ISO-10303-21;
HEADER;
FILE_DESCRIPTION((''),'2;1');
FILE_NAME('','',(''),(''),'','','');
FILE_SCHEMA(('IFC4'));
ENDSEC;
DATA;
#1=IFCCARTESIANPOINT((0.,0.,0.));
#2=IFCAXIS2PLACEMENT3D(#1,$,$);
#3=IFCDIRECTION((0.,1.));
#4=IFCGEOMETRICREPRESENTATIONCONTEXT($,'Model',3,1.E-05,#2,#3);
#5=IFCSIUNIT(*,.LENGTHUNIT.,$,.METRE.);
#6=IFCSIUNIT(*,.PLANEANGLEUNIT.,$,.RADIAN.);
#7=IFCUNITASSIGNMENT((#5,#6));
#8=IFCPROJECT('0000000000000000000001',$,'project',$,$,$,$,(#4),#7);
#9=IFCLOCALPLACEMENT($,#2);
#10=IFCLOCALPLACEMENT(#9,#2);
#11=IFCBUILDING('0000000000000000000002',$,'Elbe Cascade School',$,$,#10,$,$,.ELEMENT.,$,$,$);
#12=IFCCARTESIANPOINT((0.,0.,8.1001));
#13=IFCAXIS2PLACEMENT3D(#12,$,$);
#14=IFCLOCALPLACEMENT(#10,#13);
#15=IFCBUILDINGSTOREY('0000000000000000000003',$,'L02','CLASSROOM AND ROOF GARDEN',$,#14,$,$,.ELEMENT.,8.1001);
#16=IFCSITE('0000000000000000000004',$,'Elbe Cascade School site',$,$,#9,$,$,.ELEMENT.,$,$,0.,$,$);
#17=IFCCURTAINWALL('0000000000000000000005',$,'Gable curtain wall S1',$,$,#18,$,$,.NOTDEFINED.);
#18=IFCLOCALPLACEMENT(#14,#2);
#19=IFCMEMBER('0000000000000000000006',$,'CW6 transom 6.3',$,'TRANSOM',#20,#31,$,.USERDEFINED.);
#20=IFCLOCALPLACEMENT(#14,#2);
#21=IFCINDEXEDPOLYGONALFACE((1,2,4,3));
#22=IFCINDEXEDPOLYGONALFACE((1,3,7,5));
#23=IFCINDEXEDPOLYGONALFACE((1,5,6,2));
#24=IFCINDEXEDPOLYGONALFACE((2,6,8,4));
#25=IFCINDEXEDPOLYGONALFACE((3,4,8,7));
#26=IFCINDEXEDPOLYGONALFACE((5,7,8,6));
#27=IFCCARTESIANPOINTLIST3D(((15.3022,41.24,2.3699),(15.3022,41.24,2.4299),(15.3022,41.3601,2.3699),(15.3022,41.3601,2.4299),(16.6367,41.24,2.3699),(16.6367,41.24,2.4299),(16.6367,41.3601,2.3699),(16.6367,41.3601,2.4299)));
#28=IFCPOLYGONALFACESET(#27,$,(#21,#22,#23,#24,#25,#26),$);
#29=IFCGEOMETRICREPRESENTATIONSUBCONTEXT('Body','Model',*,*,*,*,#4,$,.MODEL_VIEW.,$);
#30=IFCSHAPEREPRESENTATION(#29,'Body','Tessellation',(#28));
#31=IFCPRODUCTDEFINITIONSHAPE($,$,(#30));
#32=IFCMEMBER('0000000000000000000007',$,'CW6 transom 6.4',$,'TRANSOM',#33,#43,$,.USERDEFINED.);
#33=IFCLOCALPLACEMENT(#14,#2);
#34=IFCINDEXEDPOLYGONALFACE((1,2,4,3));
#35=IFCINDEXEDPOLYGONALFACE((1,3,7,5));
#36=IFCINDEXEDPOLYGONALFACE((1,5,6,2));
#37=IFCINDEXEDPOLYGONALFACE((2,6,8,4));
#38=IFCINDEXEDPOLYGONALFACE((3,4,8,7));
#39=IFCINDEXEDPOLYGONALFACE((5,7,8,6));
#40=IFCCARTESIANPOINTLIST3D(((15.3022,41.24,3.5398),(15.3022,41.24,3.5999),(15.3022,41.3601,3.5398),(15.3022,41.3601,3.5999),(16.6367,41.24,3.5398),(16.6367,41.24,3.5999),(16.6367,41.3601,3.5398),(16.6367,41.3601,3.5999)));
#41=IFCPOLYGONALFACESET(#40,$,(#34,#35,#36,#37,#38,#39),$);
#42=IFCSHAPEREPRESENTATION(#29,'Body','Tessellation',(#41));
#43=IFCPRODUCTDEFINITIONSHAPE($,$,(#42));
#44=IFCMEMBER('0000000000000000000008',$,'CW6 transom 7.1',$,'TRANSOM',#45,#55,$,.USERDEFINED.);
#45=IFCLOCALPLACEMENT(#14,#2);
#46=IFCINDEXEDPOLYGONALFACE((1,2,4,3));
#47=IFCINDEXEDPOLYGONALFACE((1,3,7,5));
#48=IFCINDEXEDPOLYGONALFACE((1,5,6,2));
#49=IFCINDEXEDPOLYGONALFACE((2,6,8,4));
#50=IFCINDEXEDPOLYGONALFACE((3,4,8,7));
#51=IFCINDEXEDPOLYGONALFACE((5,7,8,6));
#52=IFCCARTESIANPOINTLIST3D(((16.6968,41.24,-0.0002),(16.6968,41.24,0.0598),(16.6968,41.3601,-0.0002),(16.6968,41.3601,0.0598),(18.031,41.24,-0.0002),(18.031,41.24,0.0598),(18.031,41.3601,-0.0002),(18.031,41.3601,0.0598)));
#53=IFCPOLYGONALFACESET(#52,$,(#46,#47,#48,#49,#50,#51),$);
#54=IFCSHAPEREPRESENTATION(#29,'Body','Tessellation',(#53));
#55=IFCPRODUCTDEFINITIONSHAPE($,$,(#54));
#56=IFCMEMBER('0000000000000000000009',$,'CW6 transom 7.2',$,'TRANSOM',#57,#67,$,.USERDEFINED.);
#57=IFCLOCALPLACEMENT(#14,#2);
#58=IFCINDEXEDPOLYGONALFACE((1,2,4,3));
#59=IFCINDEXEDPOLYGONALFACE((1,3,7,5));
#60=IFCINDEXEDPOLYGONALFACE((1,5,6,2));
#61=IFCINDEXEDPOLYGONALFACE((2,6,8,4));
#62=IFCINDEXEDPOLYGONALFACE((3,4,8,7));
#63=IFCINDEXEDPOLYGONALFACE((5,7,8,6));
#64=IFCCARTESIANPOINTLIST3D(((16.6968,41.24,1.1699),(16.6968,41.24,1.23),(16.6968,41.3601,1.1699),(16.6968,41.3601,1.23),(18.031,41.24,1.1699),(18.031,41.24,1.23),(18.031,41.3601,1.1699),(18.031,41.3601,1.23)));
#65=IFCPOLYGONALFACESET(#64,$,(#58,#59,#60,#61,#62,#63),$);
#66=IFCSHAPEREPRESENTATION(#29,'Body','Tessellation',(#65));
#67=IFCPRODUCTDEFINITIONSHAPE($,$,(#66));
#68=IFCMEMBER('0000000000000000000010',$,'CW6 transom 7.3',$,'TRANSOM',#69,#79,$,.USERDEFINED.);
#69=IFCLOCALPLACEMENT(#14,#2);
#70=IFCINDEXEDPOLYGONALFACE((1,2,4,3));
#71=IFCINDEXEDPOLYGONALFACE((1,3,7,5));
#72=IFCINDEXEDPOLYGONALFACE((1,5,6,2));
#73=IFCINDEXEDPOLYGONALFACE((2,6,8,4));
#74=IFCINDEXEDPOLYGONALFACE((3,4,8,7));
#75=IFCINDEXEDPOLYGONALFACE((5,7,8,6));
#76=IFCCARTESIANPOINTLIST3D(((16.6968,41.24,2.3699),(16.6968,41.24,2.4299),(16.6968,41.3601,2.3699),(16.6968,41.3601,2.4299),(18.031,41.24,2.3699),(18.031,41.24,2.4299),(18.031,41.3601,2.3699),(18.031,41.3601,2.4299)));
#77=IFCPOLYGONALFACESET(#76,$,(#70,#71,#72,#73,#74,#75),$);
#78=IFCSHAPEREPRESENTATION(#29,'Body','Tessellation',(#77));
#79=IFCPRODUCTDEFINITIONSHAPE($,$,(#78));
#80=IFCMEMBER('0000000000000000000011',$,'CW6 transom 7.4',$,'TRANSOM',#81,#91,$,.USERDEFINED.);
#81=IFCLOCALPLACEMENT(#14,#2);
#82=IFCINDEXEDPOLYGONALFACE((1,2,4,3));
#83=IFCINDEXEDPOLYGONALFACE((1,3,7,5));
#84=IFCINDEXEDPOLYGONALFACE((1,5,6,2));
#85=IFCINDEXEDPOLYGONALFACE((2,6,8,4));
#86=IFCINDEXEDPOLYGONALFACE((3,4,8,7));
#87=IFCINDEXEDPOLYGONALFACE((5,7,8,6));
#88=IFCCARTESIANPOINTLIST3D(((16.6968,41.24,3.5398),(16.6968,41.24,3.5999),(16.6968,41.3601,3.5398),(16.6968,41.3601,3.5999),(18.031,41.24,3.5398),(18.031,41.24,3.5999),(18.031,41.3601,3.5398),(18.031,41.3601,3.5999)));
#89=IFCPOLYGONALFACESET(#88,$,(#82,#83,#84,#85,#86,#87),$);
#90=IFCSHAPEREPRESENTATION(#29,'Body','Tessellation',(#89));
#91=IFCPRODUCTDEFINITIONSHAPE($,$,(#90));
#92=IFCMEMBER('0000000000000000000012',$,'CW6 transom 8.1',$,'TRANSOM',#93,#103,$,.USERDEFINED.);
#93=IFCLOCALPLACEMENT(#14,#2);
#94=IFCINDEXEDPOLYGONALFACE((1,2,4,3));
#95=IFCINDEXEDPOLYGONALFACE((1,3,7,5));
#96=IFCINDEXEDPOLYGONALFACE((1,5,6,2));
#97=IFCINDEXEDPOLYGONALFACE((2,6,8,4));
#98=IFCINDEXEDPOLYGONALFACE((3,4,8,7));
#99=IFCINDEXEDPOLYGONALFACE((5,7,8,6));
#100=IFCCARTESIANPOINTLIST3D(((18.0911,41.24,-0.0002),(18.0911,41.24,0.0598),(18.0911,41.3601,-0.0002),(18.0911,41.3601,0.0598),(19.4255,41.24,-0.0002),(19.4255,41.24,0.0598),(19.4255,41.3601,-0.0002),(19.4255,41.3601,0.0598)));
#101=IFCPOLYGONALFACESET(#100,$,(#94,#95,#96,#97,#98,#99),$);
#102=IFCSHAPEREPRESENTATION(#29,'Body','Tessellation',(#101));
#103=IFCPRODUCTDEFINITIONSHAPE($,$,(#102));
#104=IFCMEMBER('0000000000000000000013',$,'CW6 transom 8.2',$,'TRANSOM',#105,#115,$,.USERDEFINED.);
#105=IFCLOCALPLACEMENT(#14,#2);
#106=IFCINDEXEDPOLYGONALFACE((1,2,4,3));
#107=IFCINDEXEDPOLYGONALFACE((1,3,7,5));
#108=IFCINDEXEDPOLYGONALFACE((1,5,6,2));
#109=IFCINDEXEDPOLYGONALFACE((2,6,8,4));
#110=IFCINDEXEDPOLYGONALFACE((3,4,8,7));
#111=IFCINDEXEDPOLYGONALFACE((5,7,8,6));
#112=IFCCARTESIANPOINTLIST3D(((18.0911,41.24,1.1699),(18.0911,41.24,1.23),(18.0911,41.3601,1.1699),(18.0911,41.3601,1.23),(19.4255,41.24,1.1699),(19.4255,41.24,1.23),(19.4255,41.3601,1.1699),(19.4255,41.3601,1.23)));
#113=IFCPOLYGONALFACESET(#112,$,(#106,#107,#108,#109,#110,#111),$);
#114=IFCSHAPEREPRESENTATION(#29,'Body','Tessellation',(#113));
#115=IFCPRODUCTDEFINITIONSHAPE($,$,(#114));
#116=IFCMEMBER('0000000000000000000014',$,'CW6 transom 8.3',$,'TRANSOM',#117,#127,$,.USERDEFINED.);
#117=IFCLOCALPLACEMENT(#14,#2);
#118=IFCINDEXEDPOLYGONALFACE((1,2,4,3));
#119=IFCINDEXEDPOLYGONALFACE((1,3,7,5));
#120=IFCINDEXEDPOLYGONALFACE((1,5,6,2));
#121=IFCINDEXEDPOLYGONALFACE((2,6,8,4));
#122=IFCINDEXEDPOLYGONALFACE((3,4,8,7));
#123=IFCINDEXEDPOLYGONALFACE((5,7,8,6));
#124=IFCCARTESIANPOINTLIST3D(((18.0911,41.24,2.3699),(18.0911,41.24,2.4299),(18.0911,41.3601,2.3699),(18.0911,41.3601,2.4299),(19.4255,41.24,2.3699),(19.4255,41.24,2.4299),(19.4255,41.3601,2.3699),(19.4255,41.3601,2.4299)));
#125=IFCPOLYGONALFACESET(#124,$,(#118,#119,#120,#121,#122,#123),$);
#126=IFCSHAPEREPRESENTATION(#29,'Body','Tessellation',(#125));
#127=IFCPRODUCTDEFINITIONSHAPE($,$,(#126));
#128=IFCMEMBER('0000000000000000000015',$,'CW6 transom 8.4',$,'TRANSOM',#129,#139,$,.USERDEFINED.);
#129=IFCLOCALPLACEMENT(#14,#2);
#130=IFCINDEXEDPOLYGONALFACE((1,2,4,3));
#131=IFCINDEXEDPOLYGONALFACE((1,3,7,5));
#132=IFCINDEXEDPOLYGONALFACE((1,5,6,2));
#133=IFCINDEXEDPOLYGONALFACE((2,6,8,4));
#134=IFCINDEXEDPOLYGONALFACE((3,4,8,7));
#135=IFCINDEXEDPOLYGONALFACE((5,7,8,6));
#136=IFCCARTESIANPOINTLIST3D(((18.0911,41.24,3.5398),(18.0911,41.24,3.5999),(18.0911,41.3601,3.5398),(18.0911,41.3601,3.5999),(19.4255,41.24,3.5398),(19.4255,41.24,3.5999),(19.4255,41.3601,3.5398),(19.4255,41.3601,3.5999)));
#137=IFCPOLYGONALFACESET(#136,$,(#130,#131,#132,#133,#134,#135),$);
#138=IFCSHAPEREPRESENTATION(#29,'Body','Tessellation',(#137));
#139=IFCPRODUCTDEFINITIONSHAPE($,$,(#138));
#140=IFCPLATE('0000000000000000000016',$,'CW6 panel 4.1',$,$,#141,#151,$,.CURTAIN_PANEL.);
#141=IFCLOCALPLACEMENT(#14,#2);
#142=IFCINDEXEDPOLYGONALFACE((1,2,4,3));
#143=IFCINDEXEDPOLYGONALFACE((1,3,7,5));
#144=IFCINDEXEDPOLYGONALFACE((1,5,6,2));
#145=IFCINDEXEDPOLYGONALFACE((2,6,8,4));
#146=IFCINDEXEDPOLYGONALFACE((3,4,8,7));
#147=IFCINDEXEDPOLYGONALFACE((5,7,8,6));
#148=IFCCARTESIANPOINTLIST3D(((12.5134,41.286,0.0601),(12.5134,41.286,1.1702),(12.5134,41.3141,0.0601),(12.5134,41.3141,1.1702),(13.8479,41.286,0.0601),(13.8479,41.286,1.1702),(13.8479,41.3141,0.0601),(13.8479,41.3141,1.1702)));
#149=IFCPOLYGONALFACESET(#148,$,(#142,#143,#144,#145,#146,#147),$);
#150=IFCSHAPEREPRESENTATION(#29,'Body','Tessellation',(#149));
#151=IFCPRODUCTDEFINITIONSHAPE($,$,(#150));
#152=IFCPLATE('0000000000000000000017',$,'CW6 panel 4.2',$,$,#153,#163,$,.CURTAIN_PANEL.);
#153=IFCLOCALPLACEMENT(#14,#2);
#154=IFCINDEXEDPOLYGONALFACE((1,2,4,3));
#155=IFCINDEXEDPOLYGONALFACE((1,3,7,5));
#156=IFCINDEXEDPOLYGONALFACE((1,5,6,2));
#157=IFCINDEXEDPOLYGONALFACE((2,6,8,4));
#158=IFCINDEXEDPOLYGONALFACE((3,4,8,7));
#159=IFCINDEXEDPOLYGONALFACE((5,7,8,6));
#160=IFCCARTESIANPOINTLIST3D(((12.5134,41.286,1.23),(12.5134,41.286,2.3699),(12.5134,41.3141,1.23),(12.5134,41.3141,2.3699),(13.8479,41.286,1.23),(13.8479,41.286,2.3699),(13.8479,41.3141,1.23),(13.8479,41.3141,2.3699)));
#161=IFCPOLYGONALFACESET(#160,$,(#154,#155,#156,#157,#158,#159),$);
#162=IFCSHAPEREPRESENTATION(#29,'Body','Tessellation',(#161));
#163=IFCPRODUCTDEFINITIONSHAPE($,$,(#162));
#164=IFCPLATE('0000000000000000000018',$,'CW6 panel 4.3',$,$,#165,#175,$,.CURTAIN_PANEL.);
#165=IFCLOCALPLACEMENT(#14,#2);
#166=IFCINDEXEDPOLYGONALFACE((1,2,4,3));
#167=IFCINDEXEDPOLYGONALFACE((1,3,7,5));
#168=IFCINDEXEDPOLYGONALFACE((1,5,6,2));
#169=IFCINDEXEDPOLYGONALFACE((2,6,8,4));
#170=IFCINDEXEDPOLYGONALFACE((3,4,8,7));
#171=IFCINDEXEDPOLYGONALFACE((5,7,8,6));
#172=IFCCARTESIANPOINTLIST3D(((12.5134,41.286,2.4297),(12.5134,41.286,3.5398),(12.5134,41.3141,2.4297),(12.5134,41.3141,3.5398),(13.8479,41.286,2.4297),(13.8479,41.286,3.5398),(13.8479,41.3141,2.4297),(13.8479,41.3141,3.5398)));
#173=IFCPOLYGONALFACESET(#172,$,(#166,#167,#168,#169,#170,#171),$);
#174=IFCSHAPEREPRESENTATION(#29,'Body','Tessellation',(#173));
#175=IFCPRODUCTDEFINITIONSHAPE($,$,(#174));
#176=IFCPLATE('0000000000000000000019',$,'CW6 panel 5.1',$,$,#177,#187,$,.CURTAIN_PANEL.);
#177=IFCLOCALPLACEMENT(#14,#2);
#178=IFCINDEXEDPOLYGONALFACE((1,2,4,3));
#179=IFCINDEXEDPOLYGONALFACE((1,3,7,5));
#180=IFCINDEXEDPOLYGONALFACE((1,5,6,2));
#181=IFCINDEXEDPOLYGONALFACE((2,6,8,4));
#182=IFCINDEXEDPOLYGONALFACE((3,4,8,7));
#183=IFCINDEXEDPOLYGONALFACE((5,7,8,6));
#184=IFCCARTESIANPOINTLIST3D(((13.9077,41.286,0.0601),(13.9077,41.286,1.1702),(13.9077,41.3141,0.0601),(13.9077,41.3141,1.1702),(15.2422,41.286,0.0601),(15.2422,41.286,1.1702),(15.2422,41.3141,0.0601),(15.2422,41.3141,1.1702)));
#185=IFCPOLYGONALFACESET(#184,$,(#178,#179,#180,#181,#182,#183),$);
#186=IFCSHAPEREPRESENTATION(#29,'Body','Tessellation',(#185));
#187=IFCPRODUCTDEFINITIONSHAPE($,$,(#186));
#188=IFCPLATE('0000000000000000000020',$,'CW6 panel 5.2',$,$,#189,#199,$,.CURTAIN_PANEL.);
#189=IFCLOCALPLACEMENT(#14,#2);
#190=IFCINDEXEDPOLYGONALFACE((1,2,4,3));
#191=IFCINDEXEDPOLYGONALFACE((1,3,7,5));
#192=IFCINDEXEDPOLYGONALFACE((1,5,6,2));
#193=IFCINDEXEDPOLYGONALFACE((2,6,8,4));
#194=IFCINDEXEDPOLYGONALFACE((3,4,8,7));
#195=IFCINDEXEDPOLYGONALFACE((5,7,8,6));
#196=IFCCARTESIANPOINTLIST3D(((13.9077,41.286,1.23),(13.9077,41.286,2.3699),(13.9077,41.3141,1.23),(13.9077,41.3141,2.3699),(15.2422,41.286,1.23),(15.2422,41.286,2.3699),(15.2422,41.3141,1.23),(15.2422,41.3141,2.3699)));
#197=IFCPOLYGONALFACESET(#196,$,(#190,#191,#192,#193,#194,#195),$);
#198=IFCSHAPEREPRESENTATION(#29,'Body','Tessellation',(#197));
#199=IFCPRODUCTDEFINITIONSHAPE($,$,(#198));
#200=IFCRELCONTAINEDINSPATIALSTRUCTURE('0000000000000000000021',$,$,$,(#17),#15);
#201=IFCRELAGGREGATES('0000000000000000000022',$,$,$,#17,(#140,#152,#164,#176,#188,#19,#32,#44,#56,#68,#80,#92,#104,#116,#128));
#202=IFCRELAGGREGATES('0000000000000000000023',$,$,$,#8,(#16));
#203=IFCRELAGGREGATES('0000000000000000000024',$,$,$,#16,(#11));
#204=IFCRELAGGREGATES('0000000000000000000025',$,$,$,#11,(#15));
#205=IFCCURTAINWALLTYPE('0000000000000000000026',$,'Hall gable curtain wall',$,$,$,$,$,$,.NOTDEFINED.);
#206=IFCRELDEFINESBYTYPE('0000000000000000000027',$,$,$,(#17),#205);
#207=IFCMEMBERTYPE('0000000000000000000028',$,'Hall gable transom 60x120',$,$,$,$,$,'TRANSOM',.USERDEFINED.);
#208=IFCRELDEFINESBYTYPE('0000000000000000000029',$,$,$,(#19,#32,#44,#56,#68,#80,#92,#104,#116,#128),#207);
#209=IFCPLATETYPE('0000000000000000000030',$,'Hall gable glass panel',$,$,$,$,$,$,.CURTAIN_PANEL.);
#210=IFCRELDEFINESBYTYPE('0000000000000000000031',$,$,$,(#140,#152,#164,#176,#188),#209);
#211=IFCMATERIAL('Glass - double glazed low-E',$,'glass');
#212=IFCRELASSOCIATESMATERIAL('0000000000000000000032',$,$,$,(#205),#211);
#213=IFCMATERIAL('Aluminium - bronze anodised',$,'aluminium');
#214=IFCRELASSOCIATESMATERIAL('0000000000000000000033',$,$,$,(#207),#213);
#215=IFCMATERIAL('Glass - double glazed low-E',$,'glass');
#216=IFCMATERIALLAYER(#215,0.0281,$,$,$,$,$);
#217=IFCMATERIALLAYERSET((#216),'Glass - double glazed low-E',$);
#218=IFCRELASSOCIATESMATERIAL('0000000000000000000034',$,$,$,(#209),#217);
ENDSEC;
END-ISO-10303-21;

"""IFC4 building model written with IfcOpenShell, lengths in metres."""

from ifc_helpers import new_model, si_unit, direction, frame, origin, origin_2d, place, context, subcontext, project, spatial, rectangle, extrude, material, layer, layer_set, material_profile, profile_set, type_object, element, aggregate, save


model = new_model("IFC4")

# Units and contexts
model_context = context("Model", 3, precision=1e-05, world=origin(), true_north=direction((0.0, 1.0)))
body_context = subcontext(model_context, "Body", "Model", "MODEL_VIEW")
ifc_project = project(units=[si_unit("LENGTHUNIT", "METRE"), si_unit("PLANEANGLEUNIT", "RADIAN")], contexts=[model_context])

# Site, building, storey
site_placement = place(None, origin())
site = spatial("IfcSite", under=ifc_project, at=site_placement, Name="Elbe Cascade School site", CompositionType="ELEMENT", RefElevation=0.0)
building_placement = place(site_placement, origin())
building = spatial("IfcBuilding", under=site, at=building_placement, Name="Elbe Cascade School", CompositionType="ELEMENT")
storey_placement = place(building_placement, frame((0.0, 0.0, 8.1001)))
storey = spatial("IfcBuildingStorey", under=building, at=storey_placement, Name="L02", Description="CLASSROOM AND ROOF GARDEN", CompositionType="ELEMENT", Elevation=8.1001)

# Curtain wall, members, plates
ifc_material_1 = material(Name="Glass - double glazed low-E", Category="glass")
curtain_wall_type = type_object("IfcCurtainWallType", Name="Hall gable curtain wall", PredefinedType="NOTDEFINED", material=ifc_material_1)
curtain_wall_placement = place(storey_placement, origin())
curtain_wall = element("IfcCurtainWall", 1, at=curtain_wall_placement, inside=storey, type_object=curtain_wall_type, Name="Gable curtain wall S1", PredefinedType="NOTDEFINED")
ifc_material_2 = material(Name="Aluminium - bronze anodised", Category="aluminium")
ifc_material_profile_1 = material_profile(ifc_material_2, rectangle(XDim=0.1201, YDim=0.0601, at=origin_2d()), Name="Alu 60x120")
ifc_profile_set_1 = profile_set([ifc_material_profile_1], Name="Aluminium - bronze anodised")
member_type_1 = type_object("IfcMemberType", Name="Hall gable transom 60x120", ElementType="TRANSOM", PredefinedType="USERDEFINED", material=ifc_profile_set_1)
member_1_placement = place(storey_placement, frame((15.3022, 41.3, 2.3999), z_axis=(1.0, 0.0, 0.0), x_axis=(0.0, 1.0, 0.0)))
member_1 = element("IfcMember", 2, at=member_1_placement, type_object=member_type_1, Name="CW6 transom 6.3", ObjectType="TRANSOM", PredefinedType="USERDEFINED", context=body_context, shape_type="SweptSolid", body=[
    extrude(rectangle(XDim=0.1201, YDim=0.0601, at=origin_2d()), origin(), (0.0, 0.0, 1.0), 1.3345),
])
member_2_placement = place(storey_placement, frame((15.3022, 41.3, 3.5698), z_axis=(1.0, 0.0, 0.0), x_axis=(0.0, 1.0, 0.0)))
member_2 = element("IfcMember", 3, at=member_2_placement, type_object=member_type_1, Name="CW6 transom 6.4", ObjectType="TRANSOM", PredefinedType="USERDEFINED", context=body_context, shape_type="SweptSolid", body=[
    extrude(rectangle(XDim=0.1201, YDim=0.0601, at=origin_2d()), origin(), (0.0, 0.0, 1.0), 1.3345),
])
member_3_placement = place(storey_placement, frame((16.6968, 41.3, 0.0298), z_axis=(1.0, 0.0, 0.0), x_axis=(0.0, 1.0, 0.0)))
member_3 = element("IfcMember", 4, at=member_3_placement, type_object=member_type_1, Name="CW6 transom 7.1", ObjectType="TRANSOM", PredefinedType="USERDEFINED", context=body_context, shape_type="SweptSolid", body=[
    extrude(rectangle(XDim=0.1201, YDim=0.0601, at=origin_2d()), origin(), (0.0, 0.0, 1.0), 1.3342),
])
member_4_placement = place(storey_placement, frame((16.6968, 41.3, 1.2), z_axis=(1.0, 0.0, 0.0), x_axis=(0.0, 1.0, 0.0)))
member_4 = element("IfcMember", 5, at=member_4_placement, type_object=member_type_1, Name="CW6 transom 7.2", ObjectType="TRANSOM", PredefinedType="USERDEFINED", context=body_context, shape_type="SweptSolid", body=[
    extrude(rectangle(XDim=0.1201, YDim=0.0601, at=origin_2d()), origin(), (0.0, 0.0, 1.0), 1.3342),
])
member_5_placement = place(storey_placement, frame((16.6968, 41.3, 2.3999), z_axis=(1.0, 0.0, 0.0), x_axis=(0.0, 1.0, 0.0)))
member_5 = element("IfcMember", 6, at=member_5_placement, type_object=member_type_1, Name="CW6 transom 7.3", ObjectType="TRANSOM", PredefinedType="USERDEFINED", context=body_context, shape_type="SweptSolid", body=[
    extrude(rectangle(XDim=0.1201, YDim=0.0601, at=origin_2d()), origin(), (0.0, 0.0, 1.0), 1.3342),
])
member_6_placement = place(storey_placement, frame((16.6968, 41.3, 3.5698), z_axis=(1.0, 0.0, 0.0), x_axis=(0.0, 1.0, 0.0)))
member_6 = element("IfcMember", 7, at=member_6_placement, type_object=member_type_1, Name="CW6 transom 7.4", ObjectType="TRANSOM", PredefinedType="USERDEFINED", context=body_context, shape_type="SweptSolid", body=[
    extrude(rectangle(XDim=0.1201, YDim=0.0601, at=origin_2d()), origin(), (0.0, 0.0, 1.0), 1.3342),
])
member_7_placement = place(storey_placement, frame((18.0911, 41.3, 0.0298), z_axis=(1.0, 0.0, 0.0), x_axis=(0.0, 1.0, 0.0)))
member_7 = element("IfcMember", 8, at=member_7_placement, type_object=member_type_1, Name="CW6 transom 8.1", ObjectType="TRANSOM", PredefinedType="USERDEFINED", context=body_context, shape_type="SweptSolid", body=[
    extrude(rectangle(XDim=0.1201, YDim=0.0601, at=origin_2d()), origin(), (0.0, 0.0, 1.0), 1.3345),
])
member_8_placement = place(storey_placement, frame((18.0911, 41.3, 1.2), z_axis=(1.0, 0.0, 0.0), x_axis=(0.0, 1.0, 0.0)))
member_8 = element("IfcMember", 9, at=member_8_placement, type_object=member_type_1, Name="CW6 transom 8.2", ObjectType="TRANSOM", PredefinedType="USERDEFINED", context=body_context, shape_type="SweptSolid", body=[
    extrude(rectangle(XDim=0.1201, YDim=0.0601, at=origin_2d()), origin(), (0.0, 0.0, 1.0), 1.3345),
])
member_9_placement = place(storey_placement, frame((18.0911, 41.3, 2.3999), z_axis=(1.0, 0.0, 0.0), x_axis=(0.0, 1.0, 0.0)))
member_9 = element("IfcMember", 10, at=member_9_placement, type_object=member_type_1, Name="CW6 transom 8.3", ObjectType="TRANSOM", PredefinedType="USERDEFINED", context=body_context, shape_type="SweptSolid", body=[
    extrude(rectangle(XDim=0.1201, YDim=0.0601, at=origin_2d()), origin(), (0.0, 0.0, 1.0), 1.3345),
])
member_10_placement = place(storey_placement, frame((18.0911, 41.3, 3.5698), z_axis=(1.0, 0.0, 0.0), x_axis=(0.0, 1.0, 0.0)))
member_10 = element("IfcMember", 11, at=member_10_placement, type_object=member_type_1, Name="CW6 transom 8.4", ObjectType="TRANSOM", PredefinedType="USERDEFINED", context=body_context, shape_type="SweptSolid", body=[
    extrude(rectangle(XDim=0.1201, YDim=0.0601, at=origin_2d()), origin(), (0.0, 0.0, 1.0), 1.3345),
])
ifc_material_3 = material(Name="Glass - double glazed low-E", Category="glass")
ifc_layer = layer(ifc_material_3, 0.0281)
ifc_layer_set = layer_set([ifc_layer], Name="Glass - double glazed low-E")
plate_type = type_object("IfcPlateType", Name="Hall gable glass panel", PredefinedType="CURTAIN_PANEL", material=ifc_layer_set)
plate_1_placement = place(storey_placement, frame((13.1807, 41.3, 0.0601), z_axis=(0.0, 0.0, 1.0), x_axis=(1.0, 0.0, 0.0)))
plate_1 = element("IfcPlate", 12, at=plate_1_placement, type_object=plate_type, Name="CW6 panel 4.1", PredefinedType="CURTAIN_PANEL", context=body_context, shape_type="SweptSolid", body=[
    extrude(rectangle(XDim=1.3345, YDim=0.0281, at=origin_2d()), origin(), (0.0, 0.0, 1.0), 1.1101),
])
plate_2_placement = place(storey_placement, frame((13.1807, 41.3, 1.23), z_axis=(0.0, 0.0, 1.0), x_axis=(1.0, 0.0, 0.0)))
plate_2 = element("IfcPlate", 13, at=plate_2_placement, type_object=plate_type, Name="CW6 panel 4.2", PredefinedType="CURTAIN_PANEL", context=body_context, shape_type="SweptSolid", body=[
    extrude(rectangle(XDim=1.3345, YDim=0.0281, at=origin_2d()), origin(), (0.0, 0.0, 1.0), 1.1399),
])
plate_3_placement = place(storey_placement, frame((13.1807, 41.3, 2.4297), z_axis=(0.0, 0.0, 1.0), x_axis=(1.0, 0.0, 0.0)))
plate_3 = element("IfcPlate", 14, at=plate_3_placement, type_object=plate_type, Name="CW6 panel 4.3", PredefinedType="CURTAIN_PANEL", context=body_context, shape_type="SweptSolid", body=[
    extrude(rectangle(XDim=1.3345, YDim=0.0281, at=origin_2d()), origin(), (0.0, 0.0, 1.0), 1.1101),
])
plate_4_placement = place(storey_placement, frame((14.575, 41.3, 0.0601), z_axis=(0.0, 0.0, 1.0), x_axis=(1.0, 0.0, 0.0)))
plate_4 = element("IfcPlate", 15, at=plate_4_placement, type_object=plate_type, Name="CW6 panel 5.1", PredefinedType="CURTAIN_PANEL", context=body_context, shape_type="SweptSolid", body=[
    extrude(rectangle(XDim=1.3345, YDim=0.0281, at=origin_2d()), origin(), (0.0, 0.0, 1.0), 1.1101),
])
plate_5_placement = place(storey_placement, frame((14.575, 41.3, 1.23), z_axis=(0.0, 0.0, 1.0), x_axis=(1.0, 0.0, 0.0)))
plate_5 = element("IfcPlate", 16, at=plate_5_placement, type_object=plate_type, Name="CW6 panel 5.2", PredefinedType="CURTAIN_PANEL", context=body_context, shape_type="SweptSolid", body=[
    extrude(rectangle(XDim=1.3345, YDim=0.0281, at=origin_2d()), origin(), (0.0, 0.0, 1.0), 1.1399),
])
aggregate(curtain_wall, [plate_1, plate_2, plate_3, plate_4, plate_5, member_1, member_2, member_3, member_4, member_5, member_6, member_7, member_8, member_9, member_10])

save(model, "model.ifc")
